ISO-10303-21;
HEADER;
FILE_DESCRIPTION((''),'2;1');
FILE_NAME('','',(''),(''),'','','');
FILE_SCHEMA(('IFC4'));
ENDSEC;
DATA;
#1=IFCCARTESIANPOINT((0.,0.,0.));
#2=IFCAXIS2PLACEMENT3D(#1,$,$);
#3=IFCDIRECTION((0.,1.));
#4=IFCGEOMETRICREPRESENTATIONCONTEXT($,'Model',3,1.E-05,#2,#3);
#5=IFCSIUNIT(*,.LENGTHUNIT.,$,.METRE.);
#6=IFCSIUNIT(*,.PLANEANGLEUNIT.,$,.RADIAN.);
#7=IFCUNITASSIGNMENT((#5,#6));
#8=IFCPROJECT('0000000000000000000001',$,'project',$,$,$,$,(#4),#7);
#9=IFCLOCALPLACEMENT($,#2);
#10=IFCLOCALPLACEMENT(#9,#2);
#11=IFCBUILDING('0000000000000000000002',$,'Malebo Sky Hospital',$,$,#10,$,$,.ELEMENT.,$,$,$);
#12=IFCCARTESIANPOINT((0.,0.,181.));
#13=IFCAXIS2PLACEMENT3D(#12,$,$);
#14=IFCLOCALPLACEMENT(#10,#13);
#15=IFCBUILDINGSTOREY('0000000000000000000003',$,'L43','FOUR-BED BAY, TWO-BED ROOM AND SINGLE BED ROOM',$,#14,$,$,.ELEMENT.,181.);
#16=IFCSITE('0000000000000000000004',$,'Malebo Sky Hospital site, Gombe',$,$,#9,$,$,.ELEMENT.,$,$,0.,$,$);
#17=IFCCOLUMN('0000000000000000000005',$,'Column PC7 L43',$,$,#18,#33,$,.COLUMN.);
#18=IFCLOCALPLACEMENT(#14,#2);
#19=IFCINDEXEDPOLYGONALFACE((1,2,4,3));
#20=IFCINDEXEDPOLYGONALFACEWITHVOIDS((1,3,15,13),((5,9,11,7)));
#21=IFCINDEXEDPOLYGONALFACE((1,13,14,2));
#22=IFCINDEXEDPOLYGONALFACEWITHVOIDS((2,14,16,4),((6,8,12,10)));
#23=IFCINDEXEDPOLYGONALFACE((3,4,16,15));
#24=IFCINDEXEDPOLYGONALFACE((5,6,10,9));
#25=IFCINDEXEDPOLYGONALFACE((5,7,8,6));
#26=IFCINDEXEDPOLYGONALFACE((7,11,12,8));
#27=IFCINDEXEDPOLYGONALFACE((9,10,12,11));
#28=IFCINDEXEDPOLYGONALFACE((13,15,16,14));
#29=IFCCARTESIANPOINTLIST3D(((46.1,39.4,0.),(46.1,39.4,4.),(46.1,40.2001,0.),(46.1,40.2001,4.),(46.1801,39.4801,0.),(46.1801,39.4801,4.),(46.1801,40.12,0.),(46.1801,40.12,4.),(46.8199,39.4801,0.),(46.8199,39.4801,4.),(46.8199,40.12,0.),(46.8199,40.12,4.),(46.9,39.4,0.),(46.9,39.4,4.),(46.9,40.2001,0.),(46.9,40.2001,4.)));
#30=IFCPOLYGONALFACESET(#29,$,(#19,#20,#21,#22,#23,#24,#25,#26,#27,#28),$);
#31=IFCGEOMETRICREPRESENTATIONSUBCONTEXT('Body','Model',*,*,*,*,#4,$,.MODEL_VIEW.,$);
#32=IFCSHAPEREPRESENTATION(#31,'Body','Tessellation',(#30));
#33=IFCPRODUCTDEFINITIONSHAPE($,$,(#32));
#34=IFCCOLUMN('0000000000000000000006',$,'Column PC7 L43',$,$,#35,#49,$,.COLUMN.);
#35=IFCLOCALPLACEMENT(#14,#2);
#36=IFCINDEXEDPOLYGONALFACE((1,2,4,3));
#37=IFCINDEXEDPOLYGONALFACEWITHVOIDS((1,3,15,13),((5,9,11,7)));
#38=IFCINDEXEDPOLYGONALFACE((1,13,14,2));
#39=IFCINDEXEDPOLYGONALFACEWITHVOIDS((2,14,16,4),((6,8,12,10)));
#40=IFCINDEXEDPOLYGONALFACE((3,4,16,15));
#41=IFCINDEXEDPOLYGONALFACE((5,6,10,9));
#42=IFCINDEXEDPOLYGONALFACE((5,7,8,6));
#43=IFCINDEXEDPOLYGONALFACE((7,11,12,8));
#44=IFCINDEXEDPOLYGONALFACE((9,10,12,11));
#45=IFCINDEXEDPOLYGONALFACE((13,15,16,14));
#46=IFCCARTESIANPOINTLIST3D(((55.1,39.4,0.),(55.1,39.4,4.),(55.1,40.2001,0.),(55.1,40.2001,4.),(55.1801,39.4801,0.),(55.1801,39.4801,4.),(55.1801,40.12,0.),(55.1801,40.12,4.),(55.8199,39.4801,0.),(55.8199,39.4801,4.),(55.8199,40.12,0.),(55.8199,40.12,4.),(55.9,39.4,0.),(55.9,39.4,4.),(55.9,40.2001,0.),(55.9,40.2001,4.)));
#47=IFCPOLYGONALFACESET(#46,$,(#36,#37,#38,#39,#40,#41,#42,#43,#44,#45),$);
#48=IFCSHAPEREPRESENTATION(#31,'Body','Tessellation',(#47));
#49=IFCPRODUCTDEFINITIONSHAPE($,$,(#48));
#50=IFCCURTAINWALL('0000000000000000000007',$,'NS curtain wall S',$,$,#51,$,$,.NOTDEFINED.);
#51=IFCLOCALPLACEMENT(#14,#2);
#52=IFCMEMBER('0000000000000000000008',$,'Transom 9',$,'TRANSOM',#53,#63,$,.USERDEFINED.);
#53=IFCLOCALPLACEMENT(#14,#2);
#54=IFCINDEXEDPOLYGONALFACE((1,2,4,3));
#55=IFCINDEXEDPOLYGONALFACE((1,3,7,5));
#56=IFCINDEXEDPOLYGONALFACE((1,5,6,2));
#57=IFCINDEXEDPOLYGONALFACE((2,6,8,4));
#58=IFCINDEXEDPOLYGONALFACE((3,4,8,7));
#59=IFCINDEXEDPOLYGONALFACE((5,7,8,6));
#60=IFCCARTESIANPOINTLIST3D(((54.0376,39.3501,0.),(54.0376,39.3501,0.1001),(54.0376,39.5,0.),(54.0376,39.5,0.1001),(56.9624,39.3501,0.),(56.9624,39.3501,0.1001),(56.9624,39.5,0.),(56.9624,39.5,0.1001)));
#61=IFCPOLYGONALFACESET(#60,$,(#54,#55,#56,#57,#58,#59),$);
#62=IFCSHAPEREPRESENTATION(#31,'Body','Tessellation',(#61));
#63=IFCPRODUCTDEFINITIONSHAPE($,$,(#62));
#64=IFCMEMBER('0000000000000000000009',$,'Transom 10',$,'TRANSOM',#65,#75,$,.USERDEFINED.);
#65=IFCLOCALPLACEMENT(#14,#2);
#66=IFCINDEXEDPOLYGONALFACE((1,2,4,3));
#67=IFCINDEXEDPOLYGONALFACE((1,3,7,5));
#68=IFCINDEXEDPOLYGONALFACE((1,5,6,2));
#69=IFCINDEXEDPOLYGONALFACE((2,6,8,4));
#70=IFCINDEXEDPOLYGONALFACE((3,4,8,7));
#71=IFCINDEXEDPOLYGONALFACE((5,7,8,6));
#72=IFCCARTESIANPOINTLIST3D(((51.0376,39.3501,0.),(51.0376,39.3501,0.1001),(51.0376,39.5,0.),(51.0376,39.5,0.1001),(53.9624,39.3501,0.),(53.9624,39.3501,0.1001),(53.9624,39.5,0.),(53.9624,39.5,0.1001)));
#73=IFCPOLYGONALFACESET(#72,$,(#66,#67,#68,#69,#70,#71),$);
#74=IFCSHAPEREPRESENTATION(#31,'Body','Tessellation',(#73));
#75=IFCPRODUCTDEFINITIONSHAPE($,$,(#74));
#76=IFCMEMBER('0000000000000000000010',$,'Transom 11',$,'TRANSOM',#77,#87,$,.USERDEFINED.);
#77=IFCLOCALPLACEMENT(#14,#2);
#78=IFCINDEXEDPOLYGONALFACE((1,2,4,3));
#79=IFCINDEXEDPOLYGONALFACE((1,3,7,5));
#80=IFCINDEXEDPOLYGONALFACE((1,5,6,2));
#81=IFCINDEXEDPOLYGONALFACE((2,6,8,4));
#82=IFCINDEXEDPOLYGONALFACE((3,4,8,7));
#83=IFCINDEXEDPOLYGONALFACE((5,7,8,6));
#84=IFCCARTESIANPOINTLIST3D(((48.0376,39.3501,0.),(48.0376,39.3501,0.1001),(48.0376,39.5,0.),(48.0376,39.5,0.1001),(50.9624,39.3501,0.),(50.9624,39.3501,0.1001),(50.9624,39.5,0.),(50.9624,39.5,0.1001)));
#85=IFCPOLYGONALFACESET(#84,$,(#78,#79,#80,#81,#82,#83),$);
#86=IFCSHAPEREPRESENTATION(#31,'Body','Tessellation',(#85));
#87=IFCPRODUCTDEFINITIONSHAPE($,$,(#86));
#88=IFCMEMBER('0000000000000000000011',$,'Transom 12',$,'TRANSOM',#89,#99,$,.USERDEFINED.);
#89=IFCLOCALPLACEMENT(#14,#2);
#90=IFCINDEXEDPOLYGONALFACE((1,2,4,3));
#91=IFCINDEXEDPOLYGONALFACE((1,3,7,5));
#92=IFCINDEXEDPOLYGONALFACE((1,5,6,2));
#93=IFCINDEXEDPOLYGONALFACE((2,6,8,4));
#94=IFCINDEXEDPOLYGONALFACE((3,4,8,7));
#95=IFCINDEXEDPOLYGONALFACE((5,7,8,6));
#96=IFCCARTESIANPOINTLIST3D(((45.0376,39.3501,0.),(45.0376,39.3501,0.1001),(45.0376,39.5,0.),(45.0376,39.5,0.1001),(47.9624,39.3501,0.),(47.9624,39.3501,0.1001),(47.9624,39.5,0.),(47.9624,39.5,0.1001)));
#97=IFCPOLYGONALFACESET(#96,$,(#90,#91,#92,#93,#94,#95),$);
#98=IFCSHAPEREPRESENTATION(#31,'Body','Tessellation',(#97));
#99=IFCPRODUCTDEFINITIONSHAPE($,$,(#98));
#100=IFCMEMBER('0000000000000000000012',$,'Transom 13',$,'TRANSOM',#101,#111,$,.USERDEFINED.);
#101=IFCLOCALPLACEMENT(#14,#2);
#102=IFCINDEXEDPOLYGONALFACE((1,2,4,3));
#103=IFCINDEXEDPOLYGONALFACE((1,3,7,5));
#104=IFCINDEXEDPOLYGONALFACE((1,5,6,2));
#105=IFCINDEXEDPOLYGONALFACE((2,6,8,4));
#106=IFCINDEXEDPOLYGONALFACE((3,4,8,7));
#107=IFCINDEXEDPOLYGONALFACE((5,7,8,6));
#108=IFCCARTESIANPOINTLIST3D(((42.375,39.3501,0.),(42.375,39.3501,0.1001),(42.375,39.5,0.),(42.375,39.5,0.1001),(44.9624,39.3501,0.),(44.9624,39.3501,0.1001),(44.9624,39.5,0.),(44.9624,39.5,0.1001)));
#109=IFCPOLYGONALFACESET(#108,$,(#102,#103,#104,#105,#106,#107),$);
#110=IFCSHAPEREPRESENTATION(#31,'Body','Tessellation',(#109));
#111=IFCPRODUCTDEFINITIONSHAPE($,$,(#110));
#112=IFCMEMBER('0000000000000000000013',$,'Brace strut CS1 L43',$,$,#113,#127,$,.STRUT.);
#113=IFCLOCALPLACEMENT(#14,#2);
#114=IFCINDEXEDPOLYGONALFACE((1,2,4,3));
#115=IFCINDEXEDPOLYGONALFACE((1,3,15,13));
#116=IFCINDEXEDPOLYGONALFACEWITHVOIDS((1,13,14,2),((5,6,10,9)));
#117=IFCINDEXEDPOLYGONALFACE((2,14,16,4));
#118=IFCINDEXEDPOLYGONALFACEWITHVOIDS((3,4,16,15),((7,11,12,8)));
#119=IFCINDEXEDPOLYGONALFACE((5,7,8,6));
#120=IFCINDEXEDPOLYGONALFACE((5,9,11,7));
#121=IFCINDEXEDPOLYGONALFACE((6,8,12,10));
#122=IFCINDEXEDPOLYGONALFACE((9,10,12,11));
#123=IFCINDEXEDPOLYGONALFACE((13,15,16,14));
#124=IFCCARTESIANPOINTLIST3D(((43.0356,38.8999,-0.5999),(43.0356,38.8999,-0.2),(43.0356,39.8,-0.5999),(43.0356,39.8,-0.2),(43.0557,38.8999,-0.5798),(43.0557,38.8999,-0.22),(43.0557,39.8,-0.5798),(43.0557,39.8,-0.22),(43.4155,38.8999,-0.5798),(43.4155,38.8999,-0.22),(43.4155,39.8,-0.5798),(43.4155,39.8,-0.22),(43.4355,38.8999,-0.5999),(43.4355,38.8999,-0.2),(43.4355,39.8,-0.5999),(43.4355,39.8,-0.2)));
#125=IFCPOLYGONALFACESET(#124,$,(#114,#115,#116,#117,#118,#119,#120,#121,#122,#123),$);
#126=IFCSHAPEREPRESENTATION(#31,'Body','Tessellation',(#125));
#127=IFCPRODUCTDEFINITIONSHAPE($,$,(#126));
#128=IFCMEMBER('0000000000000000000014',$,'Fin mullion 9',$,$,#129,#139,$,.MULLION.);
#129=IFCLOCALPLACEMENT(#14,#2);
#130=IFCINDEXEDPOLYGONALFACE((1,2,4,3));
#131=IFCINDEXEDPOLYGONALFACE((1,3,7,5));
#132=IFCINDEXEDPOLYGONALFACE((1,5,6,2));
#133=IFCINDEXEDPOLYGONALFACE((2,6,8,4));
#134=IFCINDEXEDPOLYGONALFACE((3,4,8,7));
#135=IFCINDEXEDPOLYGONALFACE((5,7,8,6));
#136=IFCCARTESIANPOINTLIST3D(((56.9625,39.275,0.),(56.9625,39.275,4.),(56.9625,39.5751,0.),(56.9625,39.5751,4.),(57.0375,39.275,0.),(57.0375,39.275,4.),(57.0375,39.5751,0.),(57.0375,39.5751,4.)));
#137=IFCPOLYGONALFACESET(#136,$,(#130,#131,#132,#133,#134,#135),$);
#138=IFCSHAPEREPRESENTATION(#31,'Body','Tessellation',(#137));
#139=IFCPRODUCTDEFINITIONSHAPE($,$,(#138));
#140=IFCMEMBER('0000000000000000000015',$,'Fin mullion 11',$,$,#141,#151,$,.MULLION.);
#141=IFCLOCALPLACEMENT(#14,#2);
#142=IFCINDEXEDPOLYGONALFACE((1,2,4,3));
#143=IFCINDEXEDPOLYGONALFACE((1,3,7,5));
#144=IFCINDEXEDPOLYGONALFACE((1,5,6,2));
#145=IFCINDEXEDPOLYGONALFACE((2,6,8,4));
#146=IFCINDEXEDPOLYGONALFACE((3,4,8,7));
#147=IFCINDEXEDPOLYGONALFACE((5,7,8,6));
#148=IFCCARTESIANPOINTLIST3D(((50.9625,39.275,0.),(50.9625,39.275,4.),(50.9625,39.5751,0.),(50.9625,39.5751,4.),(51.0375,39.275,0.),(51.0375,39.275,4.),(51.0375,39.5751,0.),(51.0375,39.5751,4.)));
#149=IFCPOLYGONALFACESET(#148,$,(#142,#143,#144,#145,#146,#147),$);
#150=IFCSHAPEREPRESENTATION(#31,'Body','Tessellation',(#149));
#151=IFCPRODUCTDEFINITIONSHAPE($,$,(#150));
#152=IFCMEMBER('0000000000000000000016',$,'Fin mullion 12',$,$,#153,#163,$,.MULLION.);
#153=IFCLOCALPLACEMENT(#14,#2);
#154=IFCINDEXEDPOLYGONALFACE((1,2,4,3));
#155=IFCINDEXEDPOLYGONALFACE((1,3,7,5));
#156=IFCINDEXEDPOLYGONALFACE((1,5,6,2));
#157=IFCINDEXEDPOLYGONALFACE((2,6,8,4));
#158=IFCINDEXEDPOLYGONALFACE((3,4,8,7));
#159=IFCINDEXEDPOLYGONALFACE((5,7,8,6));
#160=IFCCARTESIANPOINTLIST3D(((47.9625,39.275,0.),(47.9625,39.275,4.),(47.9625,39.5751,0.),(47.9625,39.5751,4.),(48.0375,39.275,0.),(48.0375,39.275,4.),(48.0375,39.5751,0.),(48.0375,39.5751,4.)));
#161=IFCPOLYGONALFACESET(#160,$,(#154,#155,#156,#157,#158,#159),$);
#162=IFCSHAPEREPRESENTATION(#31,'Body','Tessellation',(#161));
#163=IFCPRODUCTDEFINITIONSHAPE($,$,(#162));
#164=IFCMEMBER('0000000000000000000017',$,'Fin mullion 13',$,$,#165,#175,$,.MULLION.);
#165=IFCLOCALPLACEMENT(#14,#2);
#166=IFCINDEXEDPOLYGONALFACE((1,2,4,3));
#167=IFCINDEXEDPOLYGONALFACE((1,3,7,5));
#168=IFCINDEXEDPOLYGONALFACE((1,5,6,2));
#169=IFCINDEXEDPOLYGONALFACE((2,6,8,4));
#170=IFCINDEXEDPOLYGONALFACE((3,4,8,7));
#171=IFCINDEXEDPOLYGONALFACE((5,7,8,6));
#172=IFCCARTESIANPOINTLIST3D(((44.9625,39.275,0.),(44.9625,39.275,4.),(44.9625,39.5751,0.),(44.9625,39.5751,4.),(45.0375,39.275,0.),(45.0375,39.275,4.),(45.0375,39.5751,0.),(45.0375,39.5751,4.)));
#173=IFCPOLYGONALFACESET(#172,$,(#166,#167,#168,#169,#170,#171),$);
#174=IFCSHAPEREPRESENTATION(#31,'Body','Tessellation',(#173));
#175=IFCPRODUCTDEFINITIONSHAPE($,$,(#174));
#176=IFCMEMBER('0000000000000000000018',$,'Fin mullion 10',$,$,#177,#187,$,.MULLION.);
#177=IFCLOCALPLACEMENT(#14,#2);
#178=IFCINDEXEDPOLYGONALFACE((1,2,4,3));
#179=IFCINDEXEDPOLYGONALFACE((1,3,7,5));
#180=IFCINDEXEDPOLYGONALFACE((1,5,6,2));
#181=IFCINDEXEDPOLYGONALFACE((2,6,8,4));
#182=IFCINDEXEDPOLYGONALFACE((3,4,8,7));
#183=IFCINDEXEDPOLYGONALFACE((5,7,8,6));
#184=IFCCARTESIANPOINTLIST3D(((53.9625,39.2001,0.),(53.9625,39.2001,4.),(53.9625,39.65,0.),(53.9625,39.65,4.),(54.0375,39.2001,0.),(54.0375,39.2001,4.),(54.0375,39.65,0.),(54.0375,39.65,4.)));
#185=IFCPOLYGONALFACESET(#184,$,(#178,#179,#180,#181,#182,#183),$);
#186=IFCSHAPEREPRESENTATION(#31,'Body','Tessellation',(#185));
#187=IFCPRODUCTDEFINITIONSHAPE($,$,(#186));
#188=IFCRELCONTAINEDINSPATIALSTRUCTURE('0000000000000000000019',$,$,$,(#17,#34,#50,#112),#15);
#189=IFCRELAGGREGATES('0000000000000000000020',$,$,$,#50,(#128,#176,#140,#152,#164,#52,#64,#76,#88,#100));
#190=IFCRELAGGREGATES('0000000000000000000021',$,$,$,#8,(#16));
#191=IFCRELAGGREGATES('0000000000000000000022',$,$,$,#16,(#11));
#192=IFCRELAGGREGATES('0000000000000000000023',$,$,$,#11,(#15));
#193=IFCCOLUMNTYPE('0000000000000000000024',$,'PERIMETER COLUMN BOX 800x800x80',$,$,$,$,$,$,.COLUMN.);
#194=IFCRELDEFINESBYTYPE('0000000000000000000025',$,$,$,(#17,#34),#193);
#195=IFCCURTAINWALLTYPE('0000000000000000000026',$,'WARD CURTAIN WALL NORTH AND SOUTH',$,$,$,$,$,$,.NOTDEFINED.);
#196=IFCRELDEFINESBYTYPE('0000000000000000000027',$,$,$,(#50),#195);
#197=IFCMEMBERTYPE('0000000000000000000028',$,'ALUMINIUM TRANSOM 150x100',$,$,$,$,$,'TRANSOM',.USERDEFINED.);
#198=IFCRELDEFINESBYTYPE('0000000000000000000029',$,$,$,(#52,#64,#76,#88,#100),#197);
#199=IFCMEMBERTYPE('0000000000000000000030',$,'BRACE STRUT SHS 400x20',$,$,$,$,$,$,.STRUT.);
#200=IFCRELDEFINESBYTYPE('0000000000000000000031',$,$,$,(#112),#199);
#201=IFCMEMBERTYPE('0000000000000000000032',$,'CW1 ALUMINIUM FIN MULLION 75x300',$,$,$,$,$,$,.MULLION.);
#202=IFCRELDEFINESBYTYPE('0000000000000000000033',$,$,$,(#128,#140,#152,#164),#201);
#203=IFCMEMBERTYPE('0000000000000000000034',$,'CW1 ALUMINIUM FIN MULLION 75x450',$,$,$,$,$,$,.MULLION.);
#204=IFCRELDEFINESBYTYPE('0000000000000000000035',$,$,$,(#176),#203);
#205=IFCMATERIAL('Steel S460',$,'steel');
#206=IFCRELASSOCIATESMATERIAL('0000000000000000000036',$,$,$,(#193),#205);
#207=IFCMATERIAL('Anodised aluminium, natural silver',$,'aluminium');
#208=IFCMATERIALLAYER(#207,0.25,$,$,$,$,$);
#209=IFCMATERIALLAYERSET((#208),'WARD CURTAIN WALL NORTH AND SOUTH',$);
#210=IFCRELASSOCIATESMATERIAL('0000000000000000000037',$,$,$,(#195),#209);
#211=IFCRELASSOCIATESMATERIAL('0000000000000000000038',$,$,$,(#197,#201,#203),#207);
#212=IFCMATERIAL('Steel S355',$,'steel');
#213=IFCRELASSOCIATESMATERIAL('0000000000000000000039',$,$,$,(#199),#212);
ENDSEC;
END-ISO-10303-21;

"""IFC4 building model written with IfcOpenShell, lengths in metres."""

from ifc_helpers import new_model, si_unit, direction, frame, origin, origin_2d, place, context, subcontext, project, spatial, rectangle, hollow_rectangle, extrude, material, layer, layer_set, material_profile, profile_set, type_object, element, aggregate, save


model = new_model("IFC4")

# Units and contexts
model_context = context("Model", 3, precision=1e-05, world=origin(), true_north=direction((0.0, 1.0)))
body_context = subcontext(model_context, "Body", "Model", "MODEL_VIEW")
ifc_project = project(units=[si_unit("LENGTHUNIT", "METRE"), si_unit("PLANEANGLEUNIT", "RADIAN")], contexts=[model_context])

# Site, building, storey
site_placement = place(None, origin())
site = spatial("IfcSite", under=ifc_project, at=site_placement, Name="Malebo Sky Hospital site, Gombe", CompositionType="ELEMENT", RefElevation=0.0)
building_placement = place(site_placement, origin())
building = spatial("IfcBuilding", under=site, at=building_placement, Name="Malebo Sky Hospital", CompositionType="ELEMENT")
storey_placement = place(building_placement, frame((0.0, 0.0, 181.0)))
storey = spatial("IfcBuildingStorey", under=building, at=storey_placement, Name="L43", Description="FOUR-BED BAY, TWO-BED ROOM AND SINGLE BED ROOM", CompositionType="ELEMENT", Elevation=181.0)

# Columns
ifc_material_1 = material(Name="Steel S460", Category="steel")
ifc_material_profile_1 = material_profile(ifc_material_1, hollow_rectangle(XDim=0.8, YDim=0.8, WallThickness=0.0801, at=origin_2d()), Name="BOX 800x800x80")
ifc_profile_set_1 = profile_set([ifc_material_profile_1], Name="Steel S460")
column_type = type_object("IfcColumnType", Name="PERIMETER COLUMN BOX 800x800x80", PredefinedType="COLUMN", material=ifc_profile_set_1)
for number, where, z_axis, x_axis, name in (
    (1, (46.5, 39.8, 0.0), (0.0, 0.0, 1.0), (1.0, 0.0, 0.0), "Column PC7 L43"),
    (2, (55.5, 39.8, 0.0), (0.0, 0.0, 1.0), (1.0, 0.0, 0.0), "Column PC7 L43"),
):
    element("IfcColumn", number, at=place(storey_placement, frame(where, z_axis=z_axis, x_axis=x_axis)), inside=storey, type_object=column_type, Name=name, PredefinedType="COLUMN", context=body_context, shape_type="SweptSolid", body=[
        extrude(hollow_rectangle(XDim=0.8, YDim=0.8, WallThickness=0.0801, at=origin_2d()), origin(), (0.0, 0.0, 1.0), 4.0),
    ])

# Curtain wall, members
ifc_material_2 = material(Name="Anodised aluminium, natural silver", Category="aluminium")
ifc_layer_1 = layer(ifc_material_2, 0.25)
ifc_layer_set_1 = layer_set([ifc_layer_1], Name="WARD CURTAIN WALL NORTH AND SOUTH")
curtain_wall_type = type_object("IfcCurtainWallType", Name="WARD CURTAIN WALL NORTH AND SOUTH", PredefinedType="NOTDEFINED", material=ifc_layer_set_1)
curtain_wall_placement = place(storey_placement, origin())
curtain_wall = element("IfcCurtainWall", 3, at=curtain_wall_placement, inside=storey, type_object=curtain_wall_type, Name="NS curtain wall S", PredefinedType="NOTDEFINED")
ifc_material_profile_2 = material_profile(ifc_material_2, rectangle(XDim=0.1499, YDim=0.1001, at=origin_2d()), Name="ALUMINIUM TRANSOM 150x100")
ifc_profile_set_2 = profile_set([ifc_material_profile_2], Name="Anodised aluminium, natural silver")
member_type_1 = type_object("IfcMemberType", Name="ALUMINIUM TRANSOM 150x100", ElementType="TRANSOM", PredefinedType="USERDEFINED", material=ifc_profile_set_2)
member_1_placement = place(storey_placement, frame((56.9624, 39.425, 0.05), z_axis=(-1.0, 0.0, 0.0), x_axis=(0.0, -1.0, 0.0)))
member_1 = element("IfcMember", 4, at=member_1_placement, type_object=member_type_1, Name="Transom 9", ObjectType="TRANSOM", PredefinedType="USERDEFINED", context=body_context, shape_type="SweptSolid", body=[
    extrude(rectangle(XDim=0.1499, YDim=0.1001, at=origin_2d()), origin(), (0.0, 0.0, 1.0), 2.9248),
])
member_2_placement = place(storey_placement, frame((53.9624, 39.425, 0.05), z_axis=(-1.0, 0.0, 0.0), x_axis=(0.0, -1.0, 0.0)))
member_2 = element("IfcMember", 5, at=member_2_placement, type_object=member_type_1, Name="Transom 10", ObjectType="TRANSOM", PredefinedType="USERDEFINED", context=body_context, shape_type="SweptSolid", body=[
    extrude(rectangle(XDim=0.1499, YDim=0.1001, at=origin_2d()), origin(), (0.0, 0.0, 1.0), 2.9248),
])
member_3_placement = place(storey_placement, frame((50.9624, 39.425, 0.05), z_axis=(-1.0, 0.0, 0.0), x_axis=(0.0, -1.0, 0.0)))
member_3 = element("IfcMember", 6, at=member_3_placement, type_object=member_type_1, Name="Transom 11", ObjectType="TRANSOM", PredefinedType="USERDEFINED", context=body_context, shape_type="SweptSolid", body=[
    extrude(rectangle(XDim=0.1499, YDim=0.1001, at=origin_2d()), origin(), (0.0, 0.0, 1.0), 2.9248),
])
member_4_placement = place(storey_placement, frame((47.9624, 39.425, 0.05), z_axis=(-1.0, 0.0, 0.0), x_axis=(0.0, -1.0, 0.0)))
member_4 = element("IfcMember", 7, at=member_4_placement, type_object=member_type_1, Name="Transom 12", ObjectType="TRANSOM", PredefinedType="USERDEFINED", context=body_context, shape_type="SweptSolid", body=[
    extrude(rectangle(XDim=0.1499, YDim=0.1001, at=origin_2d()), origin(), (0.0, 0.0, 1.0), 2.9248),
])
member_5_placement = place(storey_placement, frame((44.9624, 39.425, 0.05), z_axis=(-1.0, 0.0, 0.0), x_axis=(0.0, -1.0, 0.0)))
member_5 = element("IfcMember", 8, at=member_5_placement, type_object=member_type_1, Name="Transom 13", ObjectType="TRANSOM", PredefinedType="USERDEFINED", context=body_context, shape_type="SweptSolid", body=[
    extrude(rectangle(XDim=0.1499, YDim=0.1001, at=origin_2d()), origin(), (0.0, 0.0, 1.0), 2.5874),
])

# Members
ifc_material_3 = material(Name="Steel S355", Category="steel")
ifc_material_profile_3 = material_profile(ifc_material_3, hollow_rectangle(XDim=0.3999, YDim=0.3999, WallThickness=0.02, at=origin_2d()), Name="SHS 400x20")
ifc_profile_set_3 = profile_set([ifc_material_profile_3], Name="Steel S355")
member_type_2 = type_object("IfcMemberType", Name="BRACE STRUT SHS 400x20", PredefinedType="STRUT", material=ifc_profile_set_3)
member_6_placement = place(storey_placement, frame((43.2356, 38.8999, -0.3999), z_axis=(0.0, 1.0, 0.0), x_axis=(-1.0, 0.0, 0.0)))
element("IfcMember", 9, at=member_6_placement, inside=storey, type_object=member_type_2, Name="Brace strut CS1 L43", PredefinedType="STRUT", context=body_context, shape_type="SweptSolid", body=[
    extrude(hollow_rectangle(XDim=0.3999, YDim=0.3999, WallThickness=0.02, at=origin_2d()), origin(), (0.0, 0.0, 1.0), 0.9001),
])
ifc_material_profile_4 = material_profile(ifc_material_2, rectangle(XDim=0.075, YDim=0.3, at=origin_2d()), Name="CW1 ALUMINIUM FIN MULLION 75x300")
ifc_profile_set_4 = profile_set([ifc_material_profile_4], Name="Anodised aluminium, natural silver")
member_type_3 = type_object("IfcMemberType", Name="CW1 ALUMINIUM FIN MULLION 75x300", PredefinedType="MULLION", material=ifc_profile_set_4)
member_7_placement = place(storey_placement, frame((57.0, 39.425, 0.0), z_axis=(0.0, 0.0, 1.0), x_axis=(-1.0, 0.0, 0.0)))
member_7 = element("IfcMember", 10, at=member_7_placement, type_object=member_type_3, Name="Fin mullion 9", PredefinedType="MULLION", context=body_context, shape_type="SweptSolid", body=[
    extrude(rectangle(XDim=0.075, YDim=0.3, at=origin_2d()), origin(), (0.0, 0.0, 1.0), 4.0),
])
member_8_placement = place(storey_placement, frame((51.0, 39.425, 0.0), z_axis=(0.0, 0.0, 1.0), x_axis=(-1.0, 0.0, 0.0)))
member_8 = element("IfcMember", 11, at=member_8_placement, type_object=member_type_3, Name="Fin mullion 11", PredefinedType="MULLION", context=body_context, shape_type="SweptSolid", body=[
    extrude(rectangle(XDim=0.075, YDim=0.3, at=origin_2d()), origin(), (0.0, 0.0, 1.0), 4.0),
])
member_9_placement = place(storey_placement, frame((48.0, 39.425, 0.0), z_axis=(0.0, 0.0, 1.0), x_axis=(-1.0, 0.0, 0.0)))
member_9 = element("IfcMember", 12, at=member_9_placement, type_object=member_type_3, Name="Fin mullion 12", PredefinedType="MULLION", context=body_context, shape_type="SweptSolid", body=[
    extrude(rectangle(XDim=0.075, YDim=0.3, at=origin_2d()), origin(), (0.0, 0.0, 1.0), 4.0),
])
member_10_placement = place(storey_placement, frame((45.0, 39.425, 0.0), z_axis=(0.0, 0.0, 1.0), x_axis=(-1.0, 0.0, 0.0)))
member_10 = element("IfcMember", 13, at=member_10_placement, type_object=member_type_3, Name="Fin mullion 13", PredefinedType="MULLION", context=body_context, shape_type="SweptSolid", body=[
    extrude(rectangle(XDim=0.075, YDim=0.3, at=origin_2d()), origin(), (0.0, 0.0, 1.0), 4.0),
])
ifc_material_profile_5 = material_profile(ifc_material_2, rectangle(XDim=0.075, YDim=0.45, at=origin_2d()), Name="CW1 ALUMINIUM FIN MULLION 75x450")
ifc_profile_set_5 = profile_set([ifc_material_profile_5], Name="Anodised aluminium, natural silver")
member_type_4 = type_object("IfcMemberType", Name="CW1 ALUMINIUM FIN MULLION 75x450", PredefinedType="MULLION", material=ifc_profile_set_5)
member_11_placement = place(storey_placement, frame((54.0, 39.425, 0.0), z_axis=(0.0, 0.0, 1.0), x_axis=(-1.0, 0.0, 0.0)))
member_11 = element("IfcMember", 14, at=member_11_placement, type_object=member_type_4, Name="Fin mullion 10", PredefinedType="MULLION", context=body_context, shape_type="SweptSolid", body=[
    extrude(rectangle(XDim=0.075, YDim=0.45, at=origin_2d()), origin(), (0.0, 0.0, 1.0), 4.0),
])

aggregate(curtain_wall, [member_7, member_11, member_8, member_9, member_10, member_1, member_2, member_3, member_4, member_5])

save(model, "model.ifc")
